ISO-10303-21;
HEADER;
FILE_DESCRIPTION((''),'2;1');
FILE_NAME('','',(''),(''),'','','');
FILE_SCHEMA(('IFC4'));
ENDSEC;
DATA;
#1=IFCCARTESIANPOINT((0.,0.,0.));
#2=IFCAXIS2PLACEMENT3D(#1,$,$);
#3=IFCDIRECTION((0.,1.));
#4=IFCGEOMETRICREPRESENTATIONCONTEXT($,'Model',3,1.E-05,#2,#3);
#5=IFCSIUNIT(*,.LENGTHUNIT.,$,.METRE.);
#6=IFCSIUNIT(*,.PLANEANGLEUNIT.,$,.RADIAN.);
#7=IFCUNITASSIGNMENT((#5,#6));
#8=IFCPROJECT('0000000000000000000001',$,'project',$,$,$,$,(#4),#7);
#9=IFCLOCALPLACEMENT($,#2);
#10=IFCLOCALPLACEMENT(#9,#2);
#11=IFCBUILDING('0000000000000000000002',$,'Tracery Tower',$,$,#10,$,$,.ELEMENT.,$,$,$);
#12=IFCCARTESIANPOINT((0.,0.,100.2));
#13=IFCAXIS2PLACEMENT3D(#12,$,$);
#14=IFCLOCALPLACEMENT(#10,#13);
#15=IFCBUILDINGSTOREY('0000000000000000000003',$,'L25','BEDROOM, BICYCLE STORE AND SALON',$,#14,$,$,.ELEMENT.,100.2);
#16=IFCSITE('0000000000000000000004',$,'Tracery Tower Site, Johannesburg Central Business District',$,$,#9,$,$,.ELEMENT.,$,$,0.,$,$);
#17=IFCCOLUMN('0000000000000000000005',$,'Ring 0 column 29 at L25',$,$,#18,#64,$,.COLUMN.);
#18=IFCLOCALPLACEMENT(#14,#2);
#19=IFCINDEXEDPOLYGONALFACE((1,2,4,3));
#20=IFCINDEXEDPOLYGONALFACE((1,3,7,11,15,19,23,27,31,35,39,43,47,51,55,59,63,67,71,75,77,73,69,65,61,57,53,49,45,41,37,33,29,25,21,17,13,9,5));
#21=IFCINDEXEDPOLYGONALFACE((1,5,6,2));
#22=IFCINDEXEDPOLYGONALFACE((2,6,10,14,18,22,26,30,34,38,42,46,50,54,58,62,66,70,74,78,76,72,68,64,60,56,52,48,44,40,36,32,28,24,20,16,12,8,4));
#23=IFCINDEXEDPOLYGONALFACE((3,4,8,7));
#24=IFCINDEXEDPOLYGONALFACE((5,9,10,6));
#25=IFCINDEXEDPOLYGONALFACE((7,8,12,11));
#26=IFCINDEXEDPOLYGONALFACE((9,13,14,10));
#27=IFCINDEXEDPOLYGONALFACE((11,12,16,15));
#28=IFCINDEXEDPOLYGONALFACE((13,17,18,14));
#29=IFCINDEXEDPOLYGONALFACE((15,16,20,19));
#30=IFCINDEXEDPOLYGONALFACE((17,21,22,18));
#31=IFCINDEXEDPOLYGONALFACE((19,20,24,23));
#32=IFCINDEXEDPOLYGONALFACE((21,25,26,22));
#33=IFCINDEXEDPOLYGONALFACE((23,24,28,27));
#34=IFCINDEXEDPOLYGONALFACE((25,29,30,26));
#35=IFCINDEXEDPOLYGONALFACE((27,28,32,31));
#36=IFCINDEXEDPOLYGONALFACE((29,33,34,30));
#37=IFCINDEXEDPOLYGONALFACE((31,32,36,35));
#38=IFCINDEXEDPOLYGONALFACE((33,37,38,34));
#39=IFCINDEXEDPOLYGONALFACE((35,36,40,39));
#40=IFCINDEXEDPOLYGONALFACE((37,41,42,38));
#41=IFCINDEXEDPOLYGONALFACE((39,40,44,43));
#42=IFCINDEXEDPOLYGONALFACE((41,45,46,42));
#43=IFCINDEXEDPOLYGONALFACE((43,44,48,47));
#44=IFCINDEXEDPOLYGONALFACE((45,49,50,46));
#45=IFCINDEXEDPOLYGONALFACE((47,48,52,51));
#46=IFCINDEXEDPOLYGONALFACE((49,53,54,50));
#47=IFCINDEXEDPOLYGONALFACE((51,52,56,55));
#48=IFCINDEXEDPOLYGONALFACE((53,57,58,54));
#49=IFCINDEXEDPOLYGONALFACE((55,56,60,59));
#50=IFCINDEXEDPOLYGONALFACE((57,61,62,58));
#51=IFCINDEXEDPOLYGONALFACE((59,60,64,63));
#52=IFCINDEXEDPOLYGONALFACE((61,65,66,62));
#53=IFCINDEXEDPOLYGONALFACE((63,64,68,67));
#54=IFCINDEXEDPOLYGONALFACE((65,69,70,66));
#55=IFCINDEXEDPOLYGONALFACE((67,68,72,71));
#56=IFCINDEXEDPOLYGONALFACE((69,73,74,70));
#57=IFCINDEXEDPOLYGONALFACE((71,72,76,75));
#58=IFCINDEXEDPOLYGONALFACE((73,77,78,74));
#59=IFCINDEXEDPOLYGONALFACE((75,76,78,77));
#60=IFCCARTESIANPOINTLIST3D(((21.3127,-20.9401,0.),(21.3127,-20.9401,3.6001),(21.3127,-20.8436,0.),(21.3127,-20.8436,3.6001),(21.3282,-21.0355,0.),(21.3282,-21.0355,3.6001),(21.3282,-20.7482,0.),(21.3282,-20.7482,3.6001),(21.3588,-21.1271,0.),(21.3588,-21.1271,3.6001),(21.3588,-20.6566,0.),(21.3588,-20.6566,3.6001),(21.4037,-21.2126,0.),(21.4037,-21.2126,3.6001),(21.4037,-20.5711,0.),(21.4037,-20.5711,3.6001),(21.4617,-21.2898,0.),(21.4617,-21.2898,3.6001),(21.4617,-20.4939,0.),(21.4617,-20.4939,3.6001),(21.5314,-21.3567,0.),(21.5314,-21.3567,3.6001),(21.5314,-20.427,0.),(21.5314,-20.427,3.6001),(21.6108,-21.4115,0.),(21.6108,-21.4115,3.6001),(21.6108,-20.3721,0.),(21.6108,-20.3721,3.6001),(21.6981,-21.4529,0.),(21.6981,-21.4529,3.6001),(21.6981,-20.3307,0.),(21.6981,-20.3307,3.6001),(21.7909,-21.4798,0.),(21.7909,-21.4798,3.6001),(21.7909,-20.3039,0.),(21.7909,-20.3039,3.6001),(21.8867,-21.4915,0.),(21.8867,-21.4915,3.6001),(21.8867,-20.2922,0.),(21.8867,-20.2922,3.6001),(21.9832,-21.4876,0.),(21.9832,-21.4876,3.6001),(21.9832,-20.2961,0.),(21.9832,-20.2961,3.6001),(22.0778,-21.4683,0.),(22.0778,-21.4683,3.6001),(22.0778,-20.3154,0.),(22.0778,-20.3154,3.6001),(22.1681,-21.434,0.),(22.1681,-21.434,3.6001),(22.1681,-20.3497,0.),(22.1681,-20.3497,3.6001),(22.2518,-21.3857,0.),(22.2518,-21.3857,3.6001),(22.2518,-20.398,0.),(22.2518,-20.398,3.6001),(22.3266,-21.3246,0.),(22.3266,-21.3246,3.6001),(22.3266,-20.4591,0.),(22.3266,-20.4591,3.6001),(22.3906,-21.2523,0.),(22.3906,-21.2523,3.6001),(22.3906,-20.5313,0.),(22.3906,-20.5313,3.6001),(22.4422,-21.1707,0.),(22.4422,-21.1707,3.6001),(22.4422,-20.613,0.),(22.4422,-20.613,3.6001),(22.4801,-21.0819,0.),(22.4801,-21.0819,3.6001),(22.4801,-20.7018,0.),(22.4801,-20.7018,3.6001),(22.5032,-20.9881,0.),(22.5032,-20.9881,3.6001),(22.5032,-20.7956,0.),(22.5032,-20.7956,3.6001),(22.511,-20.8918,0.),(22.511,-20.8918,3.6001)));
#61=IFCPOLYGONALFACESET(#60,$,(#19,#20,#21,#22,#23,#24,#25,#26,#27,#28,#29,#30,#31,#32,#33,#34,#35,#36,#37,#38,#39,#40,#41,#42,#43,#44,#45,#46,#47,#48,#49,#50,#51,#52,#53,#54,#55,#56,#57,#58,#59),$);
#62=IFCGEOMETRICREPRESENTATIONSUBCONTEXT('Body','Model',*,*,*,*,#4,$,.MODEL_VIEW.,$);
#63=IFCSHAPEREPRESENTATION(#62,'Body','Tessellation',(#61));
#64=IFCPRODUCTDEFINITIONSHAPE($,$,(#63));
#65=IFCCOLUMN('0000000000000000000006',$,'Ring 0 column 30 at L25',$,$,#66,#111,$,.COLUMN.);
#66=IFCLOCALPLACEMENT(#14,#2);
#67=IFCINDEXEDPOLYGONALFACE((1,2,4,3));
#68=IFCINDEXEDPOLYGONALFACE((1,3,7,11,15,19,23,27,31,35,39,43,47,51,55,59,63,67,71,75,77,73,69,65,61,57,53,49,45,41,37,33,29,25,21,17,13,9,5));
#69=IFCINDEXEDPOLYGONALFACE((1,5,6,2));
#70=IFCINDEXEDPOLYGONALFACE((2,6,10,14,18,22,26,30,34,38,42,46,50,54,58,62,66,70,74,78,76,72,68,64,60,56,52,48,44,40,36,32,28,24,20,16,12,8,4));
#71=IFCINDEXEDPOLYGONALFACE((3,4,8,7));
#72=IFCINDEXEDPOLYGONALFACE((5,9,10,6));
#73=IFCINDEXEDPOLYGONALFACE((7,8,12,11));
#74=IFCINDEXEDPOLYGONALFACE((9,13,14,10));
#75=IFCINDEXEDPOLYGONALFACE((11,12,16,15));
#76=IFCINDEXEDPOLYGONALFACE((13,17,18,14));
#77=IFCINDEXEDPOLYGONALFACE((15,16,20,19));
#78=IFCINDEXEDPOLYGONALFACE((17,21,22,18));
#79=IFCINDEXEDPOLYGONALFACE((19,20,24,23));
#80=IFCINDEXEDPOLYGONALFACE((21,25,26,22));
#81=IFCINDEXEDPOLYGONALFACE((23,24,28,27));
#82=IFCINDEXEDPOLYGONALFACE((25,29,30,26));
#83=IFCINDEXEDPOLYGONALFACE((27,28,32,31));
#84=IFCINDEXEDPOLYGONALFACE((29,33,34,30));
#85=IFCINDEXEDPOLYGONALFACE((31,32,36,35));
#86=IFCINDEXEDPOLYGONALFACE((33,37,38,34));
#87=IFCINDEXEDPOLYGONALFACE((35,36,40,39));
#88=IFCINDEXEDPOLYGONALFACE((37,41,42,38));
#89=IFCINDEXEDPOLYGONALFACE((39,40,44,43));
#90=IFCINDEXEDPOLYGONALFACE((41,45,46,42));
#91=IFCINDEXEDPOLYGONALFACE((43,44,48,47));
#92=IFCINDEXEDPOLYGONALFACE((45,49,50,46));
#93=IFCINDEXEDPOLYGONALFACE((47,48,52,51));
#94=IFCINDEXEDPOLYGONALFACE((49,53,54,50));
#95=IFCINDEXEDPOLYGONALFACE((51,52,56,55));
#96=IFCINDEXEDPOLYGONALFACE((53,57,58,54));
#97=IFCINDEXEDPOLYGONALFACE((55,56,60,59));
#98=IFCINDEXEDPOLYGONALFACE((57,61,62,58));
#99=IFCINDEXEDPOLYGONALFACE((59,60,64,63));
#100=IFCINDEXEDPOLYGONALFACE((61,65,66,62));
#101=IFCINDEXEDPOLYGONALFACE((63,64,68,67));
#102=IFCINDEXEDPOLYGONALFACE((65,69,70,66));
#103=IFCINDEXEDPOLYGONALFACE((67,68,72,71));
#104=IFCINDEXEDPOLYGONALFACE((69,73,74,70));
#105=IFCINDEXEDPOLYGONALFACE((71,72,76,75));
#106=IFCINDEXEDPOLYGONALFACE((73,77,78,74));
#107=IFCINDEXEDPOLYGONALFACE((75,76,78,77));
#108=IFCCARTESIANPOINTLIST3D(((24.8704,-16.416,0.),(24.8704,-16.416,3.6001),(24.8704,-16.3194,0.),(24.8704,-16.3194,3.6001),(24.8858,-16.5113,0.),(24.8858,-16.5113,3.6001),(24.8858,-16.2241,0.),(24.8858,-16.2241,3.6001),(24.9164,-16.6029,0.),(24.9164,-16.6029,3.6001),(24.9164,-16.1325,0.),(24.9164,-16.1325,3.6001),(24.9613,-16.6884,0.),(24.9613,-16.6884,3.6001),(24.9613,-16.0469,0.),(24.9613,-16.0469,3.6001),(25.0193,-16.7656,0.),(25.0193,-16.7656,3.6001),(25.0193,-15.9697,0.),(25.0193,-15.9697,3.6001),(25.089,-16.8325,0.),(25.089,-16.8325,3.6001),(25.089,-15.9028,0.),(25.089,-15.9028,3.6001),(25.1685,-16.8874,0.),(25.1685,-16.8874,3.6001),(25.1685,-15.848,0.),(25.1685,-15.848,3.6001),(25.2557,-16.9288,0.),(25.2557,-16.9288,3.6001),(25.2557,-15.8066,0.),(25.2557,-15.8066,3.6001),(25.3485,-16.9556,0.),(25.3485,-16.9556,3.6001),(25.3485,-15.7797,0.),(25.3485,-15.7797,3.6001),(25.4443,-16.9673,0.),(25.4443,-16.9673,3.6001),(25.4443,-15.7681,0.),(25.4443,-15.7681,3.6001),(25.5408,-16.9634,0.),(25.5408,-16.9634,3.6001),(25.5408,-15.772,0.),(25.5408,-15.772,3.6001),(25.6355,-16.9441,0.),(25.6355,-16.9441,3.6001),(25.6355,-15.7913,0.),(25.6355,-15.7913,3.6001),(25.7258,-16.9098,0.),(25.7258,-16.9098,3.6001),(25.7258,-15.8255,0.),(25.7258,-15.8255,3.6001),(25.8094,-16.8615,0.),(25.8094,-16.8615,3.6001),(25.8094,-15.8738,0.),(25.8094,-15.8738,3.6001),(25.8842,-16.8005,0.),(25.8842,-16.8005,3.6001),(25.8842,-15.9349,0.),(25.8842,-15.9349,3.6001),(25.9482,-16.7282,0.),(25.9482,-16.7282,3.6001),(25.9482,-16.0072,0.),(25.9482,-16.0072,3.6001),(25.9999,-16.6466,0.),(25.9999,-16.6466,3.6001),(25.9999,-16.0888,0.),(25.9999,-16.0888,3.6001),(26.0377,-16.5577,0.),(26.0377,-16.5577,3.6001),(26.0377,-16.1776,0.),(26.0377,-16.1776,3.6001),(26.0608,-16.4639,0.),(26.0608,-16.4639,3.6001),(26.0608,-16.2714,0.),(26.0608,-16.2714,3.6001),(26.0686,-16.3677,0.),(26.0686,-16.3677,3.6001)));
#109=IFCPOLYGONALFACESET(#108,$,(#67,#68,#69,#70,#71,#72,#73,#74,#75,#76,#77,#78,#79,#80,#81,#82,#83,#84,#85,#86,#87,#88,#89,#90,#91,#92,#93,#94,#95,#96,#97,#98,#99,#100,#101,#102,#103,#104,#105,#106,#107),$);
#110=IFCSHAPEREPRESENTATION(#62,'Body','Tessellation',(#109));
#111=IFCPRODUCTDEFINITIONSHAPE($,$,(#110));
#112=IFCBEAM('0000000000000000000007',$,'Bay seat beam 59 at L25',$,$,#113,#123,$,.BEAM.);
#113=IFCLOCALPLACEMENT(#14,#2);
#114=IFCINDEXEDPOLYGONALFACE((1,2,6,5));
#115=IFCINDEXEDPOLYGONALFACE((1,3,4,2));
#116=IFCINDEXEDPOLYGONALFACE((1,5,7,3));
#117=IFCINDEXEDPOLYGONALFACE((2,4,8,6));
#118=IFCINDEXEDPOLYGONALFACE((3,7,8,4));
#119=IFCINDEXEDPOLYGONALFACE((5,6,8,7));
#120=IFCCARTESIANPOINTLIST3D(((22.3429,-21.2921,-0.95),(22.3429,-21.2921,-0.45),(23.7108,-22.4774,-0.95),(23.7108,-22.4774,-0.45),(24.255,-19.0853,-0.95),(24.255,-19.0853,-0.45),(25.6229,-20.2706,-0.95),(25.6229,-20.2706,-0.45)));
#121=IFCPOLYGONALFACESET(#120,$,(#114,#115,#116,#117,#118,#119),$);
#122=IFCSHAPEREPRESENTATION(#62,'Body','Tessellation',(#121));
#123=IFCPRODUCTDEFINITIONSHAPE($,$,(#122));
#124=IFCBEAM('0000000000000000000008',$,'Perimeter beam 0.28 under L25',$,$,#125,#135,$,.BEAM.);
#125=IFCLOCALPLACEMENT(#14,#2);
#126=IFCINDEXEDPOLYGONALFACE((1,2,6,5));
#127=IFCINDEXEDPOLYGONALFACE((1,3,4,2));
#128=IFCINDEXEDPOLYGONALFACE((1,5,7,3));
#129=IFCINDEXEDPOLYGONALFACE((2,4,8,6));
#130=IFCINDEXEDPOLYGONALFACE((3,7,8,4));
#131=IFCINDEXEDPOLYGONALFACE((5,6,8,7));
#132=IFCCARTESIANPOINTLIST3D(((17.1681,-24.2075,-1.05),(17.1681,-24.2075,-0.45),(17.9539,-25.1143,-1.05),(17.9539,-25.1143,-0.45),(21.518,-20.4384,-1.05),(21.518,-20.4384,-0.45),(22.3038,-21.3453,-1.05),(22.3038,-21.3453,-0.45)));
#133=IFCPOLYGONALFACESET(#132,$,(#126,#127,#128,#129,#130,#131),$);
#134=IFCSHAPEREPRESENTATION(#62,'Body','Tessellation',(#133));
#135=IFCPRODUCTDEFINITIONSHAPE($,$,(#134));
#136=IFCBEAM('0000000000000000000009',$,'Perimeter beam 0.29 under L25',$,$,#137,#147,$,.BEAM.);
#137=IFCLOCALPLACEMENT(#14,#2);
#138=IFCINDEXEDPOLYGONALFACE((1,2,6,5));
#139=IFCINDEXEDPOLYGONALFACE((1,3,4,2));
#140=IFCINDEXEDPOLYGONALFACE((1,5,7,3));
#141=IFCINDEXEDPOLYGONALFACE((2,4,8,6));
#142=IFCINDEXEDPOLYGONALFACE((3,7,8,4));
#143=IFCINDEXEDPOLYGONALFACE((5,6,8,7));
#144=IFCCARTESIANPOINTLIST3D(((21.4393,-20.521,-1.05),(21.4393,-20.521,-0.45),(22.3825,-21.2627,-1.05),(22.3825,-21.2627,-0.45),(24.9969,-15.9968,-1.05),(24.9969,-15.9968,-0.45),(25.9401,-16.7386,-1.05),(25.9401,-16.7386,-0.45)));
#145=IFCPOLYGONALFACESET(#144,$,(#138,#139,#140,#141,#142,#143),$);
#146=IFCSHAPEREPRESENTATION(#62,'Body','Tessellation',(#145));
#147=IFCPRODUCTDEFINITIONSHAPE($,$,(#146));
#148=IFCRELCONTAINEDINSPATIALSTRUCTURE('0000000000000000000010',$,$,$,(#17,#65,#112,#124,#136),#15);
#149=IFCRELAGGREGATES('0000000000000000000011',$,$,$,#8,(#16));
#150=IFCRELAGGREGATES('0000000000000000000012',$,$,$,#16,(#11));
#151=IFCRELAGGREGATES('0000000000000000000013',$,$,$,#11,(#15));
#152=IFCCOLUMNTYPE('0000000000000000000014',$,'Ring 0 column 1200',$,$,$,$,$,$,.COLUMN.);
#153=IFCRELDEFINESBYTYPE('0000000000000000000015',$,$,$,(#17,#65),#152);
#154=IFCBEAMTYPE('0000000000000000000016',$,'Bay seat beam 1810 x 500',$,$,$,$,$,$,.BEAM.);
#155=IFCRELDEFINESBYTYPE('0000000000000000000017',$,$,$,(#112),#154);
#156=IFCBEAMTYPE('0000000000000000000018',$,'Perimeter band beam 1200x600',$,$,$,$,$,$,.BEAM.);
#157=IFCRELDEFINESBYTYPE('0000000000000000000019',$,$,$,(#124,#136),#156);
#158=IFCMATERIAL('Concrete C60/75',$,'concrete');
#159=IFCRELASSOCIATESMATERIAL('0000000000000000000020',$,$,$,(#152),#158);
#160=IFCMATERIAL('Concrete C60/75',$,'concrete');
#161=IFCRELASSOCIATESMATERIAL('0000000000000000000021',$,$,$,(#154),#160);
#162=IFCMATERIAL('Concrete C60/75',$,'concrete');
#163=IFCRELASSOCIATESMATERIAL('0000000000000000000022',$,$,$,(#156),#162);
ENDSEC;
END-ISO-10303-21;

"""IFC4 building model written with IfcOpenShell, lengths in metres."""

from ifc_helpers import new_model, si_unit, direction, frame, origin, origin_2d, place, context, subcontext, project, spatial, rectangle, circle, extrude, material, material_profile, profile_set, type_object, element, save


model = new_model("IFC4")

# Units and contexts
model_context = context("Model", 3, precision=1e-05, world=origin(), true_north=direction((0.0, 1.0)))
body_context = subcontext(model_context, "Body", "Model", "MODEL_VIEW")
ifc_project = project(units=[si_unit("LENGTHUNIT", "METRE"), si_unit("PLANEANGLEUNIT", "RADIAN")], contexts=[model_context])

# Site, building, storey
site_placement = place(None, origin())
site = spatial("IfcSite", under=ifc_project, at=site_placement, Name="Tracery Tower Site, Johannesburg Central Business District", CompositionType="ELEMENT", RefElevation=0.0)
building_placement = place(site_placement, origin())
building = spatial("IfcBuilding", under=site, at=building_placement, Name="Tracery Tower", CompositionType="ELEMENT")
storey_placement = place(building_placement, frame((0.0, 0.0, 100.2)))
storey = spatial("IfcBuildingStorey", under=building, at=storey_placement, Name="L25", Description="BEDROOM, BICYCLE STORE AND SALON", CompositionType="ELEMENT", Elevation=100.2)

# Columns
ifc_material_1 = material(Name="Concrete C60/75", Category="concrete")
ifc_material_profile_1 = material_profile(ifc_material_1, circle(Radius=0.6001, at=origin_2d()), Name="RC D1200")
ifc_profile_set_1 = profile_set([ifc_material_profile_1], Name="Concrete C60/75")
column_type = type_object("IfcColumnType", Name="Ring 0 column 1200", PredefinedType="COLUMN", material=ifc_profile_set_1)
for number, where, z_axis, x_axis, name in (
    (1, (21.9109, -20.8918, 0.0), (0.0, 0.0, 1.0), (1.0, 0.0, 0.0), "Ring 0 column 29 at L25"),
    (2, (25.4685, -16.3677, 0.0), (0.0, 0.0, 1.0), (1.0, 0.0, 0.0), "Ring 0 column 30 at L25"),
):
    element("IfcColumn", number, at=place(storey_placement, frame(where, z_axis=z_axis, x_axis=x_axis)), inside=storey, type_object=column_type, Name=name, PredefinedType="COLUMN", context=body_context, shape_type="SweptSolid", body=[
        extrude(circle(Radius=0.6001, at=origin_2d()), origin(), (0.0, 0.0, 1.0), 3.6001),
    ])

# Beams
ifc_material_2 = material(Name="Concrete C60/75", Category="concrete")
ifc_material_profile_2 = material_profile(ifc_material_2, rectangle(XDim=1.8101, YDim=0.5, at=origin_2d()), Name="RC 1810x500")
ifc_profile_set_2 = profile_set([ifc_material_profile_2], Name="Concrete C60/75")
beam_type_1 = type_object("IfcBeamType", Name="Bay seat beam 1810 x 500", PredefinedType="BEAM", material=ifc_profile_set_2)
beam_1_placement = place(storey_placement, frame((23.0269, -21.8848, -0.7), z_axis=(0.654845, 0.755764, 0.0), x_axis=(-0.755764, 0.654845, 0.0)))
element("IfcBeam", 3, at=beam_1_placement, inside=storey, type_object=beam_type_1, Name="Bay seat beam 59 at L25", PredefinedType="BEAM", context=body_context, shape_type="SweptSolid", body=[
    extrude(rectangle(XDim=1.8101, YDim=0.5, at=origin_2d()), origin(), (0.0, 0.0, 1.0), 2.9199),
])
ifc_material_3 = material(Name="Concrete C60/75", Category="concrete")
ifc_material_profile_3 = material_profile(ifc_material_3, rectangle(XDim=1.2, YDim=0.6001, at=origin_2d()), Name="RC 1200x600")
ifc_profile_set_3 = profile_set([ifc_material_profile_3], Name="Concrete C60/75")
beam_type_2 = type_object("IfcBeamType", Name="Perimeter band beam 1200x600", PredefinedType="BEAM", material=ifc_profile_set_3)
beam_2_placement = place(storey_placement, frame((17.561, -24.6609, -0.75), z_axis=(0.75576, 0.654848, 0.0), x_axis=(-0.654848, 0.75576, 0.0)))
element("IfcBeam", 4, at=beam_2_placement, inside=storey, type_object=beam_type_2, Name="Perimeter beam 0.28 under L25", PredefinedType="BEAM", context=body_context, shape_type="SweptSolid", body=[
    extrude(rectangle(XDim=1.2, YDim=0.6001, at=origin_2d()), origin(), (0.0, 0.0, 1.0), 5.7556),
])
beam_3_placement = place(storey_placement, frame((21.9109, -20.8918, -0.75), z_axis=(0.618134, 0.786072, 0.0), x_axis=(-0.786072, 0.618134, 0.0)))
element("IfcBeam", 5, at=beam_3_placement, inside=storey, type_object=beam_type_2, Name="Perimeter beam 0.29 under L25", PredefinedType="BEAM", context=body_context, shape_type="SweptSolid", body=[
    extrude(rectangle(XDim=1.2, YDim=0.6001, at=origin_2d()), origin(), (0.0, 0.0, 1.0), 5.7554),
])

save(model, "model.ifc")
